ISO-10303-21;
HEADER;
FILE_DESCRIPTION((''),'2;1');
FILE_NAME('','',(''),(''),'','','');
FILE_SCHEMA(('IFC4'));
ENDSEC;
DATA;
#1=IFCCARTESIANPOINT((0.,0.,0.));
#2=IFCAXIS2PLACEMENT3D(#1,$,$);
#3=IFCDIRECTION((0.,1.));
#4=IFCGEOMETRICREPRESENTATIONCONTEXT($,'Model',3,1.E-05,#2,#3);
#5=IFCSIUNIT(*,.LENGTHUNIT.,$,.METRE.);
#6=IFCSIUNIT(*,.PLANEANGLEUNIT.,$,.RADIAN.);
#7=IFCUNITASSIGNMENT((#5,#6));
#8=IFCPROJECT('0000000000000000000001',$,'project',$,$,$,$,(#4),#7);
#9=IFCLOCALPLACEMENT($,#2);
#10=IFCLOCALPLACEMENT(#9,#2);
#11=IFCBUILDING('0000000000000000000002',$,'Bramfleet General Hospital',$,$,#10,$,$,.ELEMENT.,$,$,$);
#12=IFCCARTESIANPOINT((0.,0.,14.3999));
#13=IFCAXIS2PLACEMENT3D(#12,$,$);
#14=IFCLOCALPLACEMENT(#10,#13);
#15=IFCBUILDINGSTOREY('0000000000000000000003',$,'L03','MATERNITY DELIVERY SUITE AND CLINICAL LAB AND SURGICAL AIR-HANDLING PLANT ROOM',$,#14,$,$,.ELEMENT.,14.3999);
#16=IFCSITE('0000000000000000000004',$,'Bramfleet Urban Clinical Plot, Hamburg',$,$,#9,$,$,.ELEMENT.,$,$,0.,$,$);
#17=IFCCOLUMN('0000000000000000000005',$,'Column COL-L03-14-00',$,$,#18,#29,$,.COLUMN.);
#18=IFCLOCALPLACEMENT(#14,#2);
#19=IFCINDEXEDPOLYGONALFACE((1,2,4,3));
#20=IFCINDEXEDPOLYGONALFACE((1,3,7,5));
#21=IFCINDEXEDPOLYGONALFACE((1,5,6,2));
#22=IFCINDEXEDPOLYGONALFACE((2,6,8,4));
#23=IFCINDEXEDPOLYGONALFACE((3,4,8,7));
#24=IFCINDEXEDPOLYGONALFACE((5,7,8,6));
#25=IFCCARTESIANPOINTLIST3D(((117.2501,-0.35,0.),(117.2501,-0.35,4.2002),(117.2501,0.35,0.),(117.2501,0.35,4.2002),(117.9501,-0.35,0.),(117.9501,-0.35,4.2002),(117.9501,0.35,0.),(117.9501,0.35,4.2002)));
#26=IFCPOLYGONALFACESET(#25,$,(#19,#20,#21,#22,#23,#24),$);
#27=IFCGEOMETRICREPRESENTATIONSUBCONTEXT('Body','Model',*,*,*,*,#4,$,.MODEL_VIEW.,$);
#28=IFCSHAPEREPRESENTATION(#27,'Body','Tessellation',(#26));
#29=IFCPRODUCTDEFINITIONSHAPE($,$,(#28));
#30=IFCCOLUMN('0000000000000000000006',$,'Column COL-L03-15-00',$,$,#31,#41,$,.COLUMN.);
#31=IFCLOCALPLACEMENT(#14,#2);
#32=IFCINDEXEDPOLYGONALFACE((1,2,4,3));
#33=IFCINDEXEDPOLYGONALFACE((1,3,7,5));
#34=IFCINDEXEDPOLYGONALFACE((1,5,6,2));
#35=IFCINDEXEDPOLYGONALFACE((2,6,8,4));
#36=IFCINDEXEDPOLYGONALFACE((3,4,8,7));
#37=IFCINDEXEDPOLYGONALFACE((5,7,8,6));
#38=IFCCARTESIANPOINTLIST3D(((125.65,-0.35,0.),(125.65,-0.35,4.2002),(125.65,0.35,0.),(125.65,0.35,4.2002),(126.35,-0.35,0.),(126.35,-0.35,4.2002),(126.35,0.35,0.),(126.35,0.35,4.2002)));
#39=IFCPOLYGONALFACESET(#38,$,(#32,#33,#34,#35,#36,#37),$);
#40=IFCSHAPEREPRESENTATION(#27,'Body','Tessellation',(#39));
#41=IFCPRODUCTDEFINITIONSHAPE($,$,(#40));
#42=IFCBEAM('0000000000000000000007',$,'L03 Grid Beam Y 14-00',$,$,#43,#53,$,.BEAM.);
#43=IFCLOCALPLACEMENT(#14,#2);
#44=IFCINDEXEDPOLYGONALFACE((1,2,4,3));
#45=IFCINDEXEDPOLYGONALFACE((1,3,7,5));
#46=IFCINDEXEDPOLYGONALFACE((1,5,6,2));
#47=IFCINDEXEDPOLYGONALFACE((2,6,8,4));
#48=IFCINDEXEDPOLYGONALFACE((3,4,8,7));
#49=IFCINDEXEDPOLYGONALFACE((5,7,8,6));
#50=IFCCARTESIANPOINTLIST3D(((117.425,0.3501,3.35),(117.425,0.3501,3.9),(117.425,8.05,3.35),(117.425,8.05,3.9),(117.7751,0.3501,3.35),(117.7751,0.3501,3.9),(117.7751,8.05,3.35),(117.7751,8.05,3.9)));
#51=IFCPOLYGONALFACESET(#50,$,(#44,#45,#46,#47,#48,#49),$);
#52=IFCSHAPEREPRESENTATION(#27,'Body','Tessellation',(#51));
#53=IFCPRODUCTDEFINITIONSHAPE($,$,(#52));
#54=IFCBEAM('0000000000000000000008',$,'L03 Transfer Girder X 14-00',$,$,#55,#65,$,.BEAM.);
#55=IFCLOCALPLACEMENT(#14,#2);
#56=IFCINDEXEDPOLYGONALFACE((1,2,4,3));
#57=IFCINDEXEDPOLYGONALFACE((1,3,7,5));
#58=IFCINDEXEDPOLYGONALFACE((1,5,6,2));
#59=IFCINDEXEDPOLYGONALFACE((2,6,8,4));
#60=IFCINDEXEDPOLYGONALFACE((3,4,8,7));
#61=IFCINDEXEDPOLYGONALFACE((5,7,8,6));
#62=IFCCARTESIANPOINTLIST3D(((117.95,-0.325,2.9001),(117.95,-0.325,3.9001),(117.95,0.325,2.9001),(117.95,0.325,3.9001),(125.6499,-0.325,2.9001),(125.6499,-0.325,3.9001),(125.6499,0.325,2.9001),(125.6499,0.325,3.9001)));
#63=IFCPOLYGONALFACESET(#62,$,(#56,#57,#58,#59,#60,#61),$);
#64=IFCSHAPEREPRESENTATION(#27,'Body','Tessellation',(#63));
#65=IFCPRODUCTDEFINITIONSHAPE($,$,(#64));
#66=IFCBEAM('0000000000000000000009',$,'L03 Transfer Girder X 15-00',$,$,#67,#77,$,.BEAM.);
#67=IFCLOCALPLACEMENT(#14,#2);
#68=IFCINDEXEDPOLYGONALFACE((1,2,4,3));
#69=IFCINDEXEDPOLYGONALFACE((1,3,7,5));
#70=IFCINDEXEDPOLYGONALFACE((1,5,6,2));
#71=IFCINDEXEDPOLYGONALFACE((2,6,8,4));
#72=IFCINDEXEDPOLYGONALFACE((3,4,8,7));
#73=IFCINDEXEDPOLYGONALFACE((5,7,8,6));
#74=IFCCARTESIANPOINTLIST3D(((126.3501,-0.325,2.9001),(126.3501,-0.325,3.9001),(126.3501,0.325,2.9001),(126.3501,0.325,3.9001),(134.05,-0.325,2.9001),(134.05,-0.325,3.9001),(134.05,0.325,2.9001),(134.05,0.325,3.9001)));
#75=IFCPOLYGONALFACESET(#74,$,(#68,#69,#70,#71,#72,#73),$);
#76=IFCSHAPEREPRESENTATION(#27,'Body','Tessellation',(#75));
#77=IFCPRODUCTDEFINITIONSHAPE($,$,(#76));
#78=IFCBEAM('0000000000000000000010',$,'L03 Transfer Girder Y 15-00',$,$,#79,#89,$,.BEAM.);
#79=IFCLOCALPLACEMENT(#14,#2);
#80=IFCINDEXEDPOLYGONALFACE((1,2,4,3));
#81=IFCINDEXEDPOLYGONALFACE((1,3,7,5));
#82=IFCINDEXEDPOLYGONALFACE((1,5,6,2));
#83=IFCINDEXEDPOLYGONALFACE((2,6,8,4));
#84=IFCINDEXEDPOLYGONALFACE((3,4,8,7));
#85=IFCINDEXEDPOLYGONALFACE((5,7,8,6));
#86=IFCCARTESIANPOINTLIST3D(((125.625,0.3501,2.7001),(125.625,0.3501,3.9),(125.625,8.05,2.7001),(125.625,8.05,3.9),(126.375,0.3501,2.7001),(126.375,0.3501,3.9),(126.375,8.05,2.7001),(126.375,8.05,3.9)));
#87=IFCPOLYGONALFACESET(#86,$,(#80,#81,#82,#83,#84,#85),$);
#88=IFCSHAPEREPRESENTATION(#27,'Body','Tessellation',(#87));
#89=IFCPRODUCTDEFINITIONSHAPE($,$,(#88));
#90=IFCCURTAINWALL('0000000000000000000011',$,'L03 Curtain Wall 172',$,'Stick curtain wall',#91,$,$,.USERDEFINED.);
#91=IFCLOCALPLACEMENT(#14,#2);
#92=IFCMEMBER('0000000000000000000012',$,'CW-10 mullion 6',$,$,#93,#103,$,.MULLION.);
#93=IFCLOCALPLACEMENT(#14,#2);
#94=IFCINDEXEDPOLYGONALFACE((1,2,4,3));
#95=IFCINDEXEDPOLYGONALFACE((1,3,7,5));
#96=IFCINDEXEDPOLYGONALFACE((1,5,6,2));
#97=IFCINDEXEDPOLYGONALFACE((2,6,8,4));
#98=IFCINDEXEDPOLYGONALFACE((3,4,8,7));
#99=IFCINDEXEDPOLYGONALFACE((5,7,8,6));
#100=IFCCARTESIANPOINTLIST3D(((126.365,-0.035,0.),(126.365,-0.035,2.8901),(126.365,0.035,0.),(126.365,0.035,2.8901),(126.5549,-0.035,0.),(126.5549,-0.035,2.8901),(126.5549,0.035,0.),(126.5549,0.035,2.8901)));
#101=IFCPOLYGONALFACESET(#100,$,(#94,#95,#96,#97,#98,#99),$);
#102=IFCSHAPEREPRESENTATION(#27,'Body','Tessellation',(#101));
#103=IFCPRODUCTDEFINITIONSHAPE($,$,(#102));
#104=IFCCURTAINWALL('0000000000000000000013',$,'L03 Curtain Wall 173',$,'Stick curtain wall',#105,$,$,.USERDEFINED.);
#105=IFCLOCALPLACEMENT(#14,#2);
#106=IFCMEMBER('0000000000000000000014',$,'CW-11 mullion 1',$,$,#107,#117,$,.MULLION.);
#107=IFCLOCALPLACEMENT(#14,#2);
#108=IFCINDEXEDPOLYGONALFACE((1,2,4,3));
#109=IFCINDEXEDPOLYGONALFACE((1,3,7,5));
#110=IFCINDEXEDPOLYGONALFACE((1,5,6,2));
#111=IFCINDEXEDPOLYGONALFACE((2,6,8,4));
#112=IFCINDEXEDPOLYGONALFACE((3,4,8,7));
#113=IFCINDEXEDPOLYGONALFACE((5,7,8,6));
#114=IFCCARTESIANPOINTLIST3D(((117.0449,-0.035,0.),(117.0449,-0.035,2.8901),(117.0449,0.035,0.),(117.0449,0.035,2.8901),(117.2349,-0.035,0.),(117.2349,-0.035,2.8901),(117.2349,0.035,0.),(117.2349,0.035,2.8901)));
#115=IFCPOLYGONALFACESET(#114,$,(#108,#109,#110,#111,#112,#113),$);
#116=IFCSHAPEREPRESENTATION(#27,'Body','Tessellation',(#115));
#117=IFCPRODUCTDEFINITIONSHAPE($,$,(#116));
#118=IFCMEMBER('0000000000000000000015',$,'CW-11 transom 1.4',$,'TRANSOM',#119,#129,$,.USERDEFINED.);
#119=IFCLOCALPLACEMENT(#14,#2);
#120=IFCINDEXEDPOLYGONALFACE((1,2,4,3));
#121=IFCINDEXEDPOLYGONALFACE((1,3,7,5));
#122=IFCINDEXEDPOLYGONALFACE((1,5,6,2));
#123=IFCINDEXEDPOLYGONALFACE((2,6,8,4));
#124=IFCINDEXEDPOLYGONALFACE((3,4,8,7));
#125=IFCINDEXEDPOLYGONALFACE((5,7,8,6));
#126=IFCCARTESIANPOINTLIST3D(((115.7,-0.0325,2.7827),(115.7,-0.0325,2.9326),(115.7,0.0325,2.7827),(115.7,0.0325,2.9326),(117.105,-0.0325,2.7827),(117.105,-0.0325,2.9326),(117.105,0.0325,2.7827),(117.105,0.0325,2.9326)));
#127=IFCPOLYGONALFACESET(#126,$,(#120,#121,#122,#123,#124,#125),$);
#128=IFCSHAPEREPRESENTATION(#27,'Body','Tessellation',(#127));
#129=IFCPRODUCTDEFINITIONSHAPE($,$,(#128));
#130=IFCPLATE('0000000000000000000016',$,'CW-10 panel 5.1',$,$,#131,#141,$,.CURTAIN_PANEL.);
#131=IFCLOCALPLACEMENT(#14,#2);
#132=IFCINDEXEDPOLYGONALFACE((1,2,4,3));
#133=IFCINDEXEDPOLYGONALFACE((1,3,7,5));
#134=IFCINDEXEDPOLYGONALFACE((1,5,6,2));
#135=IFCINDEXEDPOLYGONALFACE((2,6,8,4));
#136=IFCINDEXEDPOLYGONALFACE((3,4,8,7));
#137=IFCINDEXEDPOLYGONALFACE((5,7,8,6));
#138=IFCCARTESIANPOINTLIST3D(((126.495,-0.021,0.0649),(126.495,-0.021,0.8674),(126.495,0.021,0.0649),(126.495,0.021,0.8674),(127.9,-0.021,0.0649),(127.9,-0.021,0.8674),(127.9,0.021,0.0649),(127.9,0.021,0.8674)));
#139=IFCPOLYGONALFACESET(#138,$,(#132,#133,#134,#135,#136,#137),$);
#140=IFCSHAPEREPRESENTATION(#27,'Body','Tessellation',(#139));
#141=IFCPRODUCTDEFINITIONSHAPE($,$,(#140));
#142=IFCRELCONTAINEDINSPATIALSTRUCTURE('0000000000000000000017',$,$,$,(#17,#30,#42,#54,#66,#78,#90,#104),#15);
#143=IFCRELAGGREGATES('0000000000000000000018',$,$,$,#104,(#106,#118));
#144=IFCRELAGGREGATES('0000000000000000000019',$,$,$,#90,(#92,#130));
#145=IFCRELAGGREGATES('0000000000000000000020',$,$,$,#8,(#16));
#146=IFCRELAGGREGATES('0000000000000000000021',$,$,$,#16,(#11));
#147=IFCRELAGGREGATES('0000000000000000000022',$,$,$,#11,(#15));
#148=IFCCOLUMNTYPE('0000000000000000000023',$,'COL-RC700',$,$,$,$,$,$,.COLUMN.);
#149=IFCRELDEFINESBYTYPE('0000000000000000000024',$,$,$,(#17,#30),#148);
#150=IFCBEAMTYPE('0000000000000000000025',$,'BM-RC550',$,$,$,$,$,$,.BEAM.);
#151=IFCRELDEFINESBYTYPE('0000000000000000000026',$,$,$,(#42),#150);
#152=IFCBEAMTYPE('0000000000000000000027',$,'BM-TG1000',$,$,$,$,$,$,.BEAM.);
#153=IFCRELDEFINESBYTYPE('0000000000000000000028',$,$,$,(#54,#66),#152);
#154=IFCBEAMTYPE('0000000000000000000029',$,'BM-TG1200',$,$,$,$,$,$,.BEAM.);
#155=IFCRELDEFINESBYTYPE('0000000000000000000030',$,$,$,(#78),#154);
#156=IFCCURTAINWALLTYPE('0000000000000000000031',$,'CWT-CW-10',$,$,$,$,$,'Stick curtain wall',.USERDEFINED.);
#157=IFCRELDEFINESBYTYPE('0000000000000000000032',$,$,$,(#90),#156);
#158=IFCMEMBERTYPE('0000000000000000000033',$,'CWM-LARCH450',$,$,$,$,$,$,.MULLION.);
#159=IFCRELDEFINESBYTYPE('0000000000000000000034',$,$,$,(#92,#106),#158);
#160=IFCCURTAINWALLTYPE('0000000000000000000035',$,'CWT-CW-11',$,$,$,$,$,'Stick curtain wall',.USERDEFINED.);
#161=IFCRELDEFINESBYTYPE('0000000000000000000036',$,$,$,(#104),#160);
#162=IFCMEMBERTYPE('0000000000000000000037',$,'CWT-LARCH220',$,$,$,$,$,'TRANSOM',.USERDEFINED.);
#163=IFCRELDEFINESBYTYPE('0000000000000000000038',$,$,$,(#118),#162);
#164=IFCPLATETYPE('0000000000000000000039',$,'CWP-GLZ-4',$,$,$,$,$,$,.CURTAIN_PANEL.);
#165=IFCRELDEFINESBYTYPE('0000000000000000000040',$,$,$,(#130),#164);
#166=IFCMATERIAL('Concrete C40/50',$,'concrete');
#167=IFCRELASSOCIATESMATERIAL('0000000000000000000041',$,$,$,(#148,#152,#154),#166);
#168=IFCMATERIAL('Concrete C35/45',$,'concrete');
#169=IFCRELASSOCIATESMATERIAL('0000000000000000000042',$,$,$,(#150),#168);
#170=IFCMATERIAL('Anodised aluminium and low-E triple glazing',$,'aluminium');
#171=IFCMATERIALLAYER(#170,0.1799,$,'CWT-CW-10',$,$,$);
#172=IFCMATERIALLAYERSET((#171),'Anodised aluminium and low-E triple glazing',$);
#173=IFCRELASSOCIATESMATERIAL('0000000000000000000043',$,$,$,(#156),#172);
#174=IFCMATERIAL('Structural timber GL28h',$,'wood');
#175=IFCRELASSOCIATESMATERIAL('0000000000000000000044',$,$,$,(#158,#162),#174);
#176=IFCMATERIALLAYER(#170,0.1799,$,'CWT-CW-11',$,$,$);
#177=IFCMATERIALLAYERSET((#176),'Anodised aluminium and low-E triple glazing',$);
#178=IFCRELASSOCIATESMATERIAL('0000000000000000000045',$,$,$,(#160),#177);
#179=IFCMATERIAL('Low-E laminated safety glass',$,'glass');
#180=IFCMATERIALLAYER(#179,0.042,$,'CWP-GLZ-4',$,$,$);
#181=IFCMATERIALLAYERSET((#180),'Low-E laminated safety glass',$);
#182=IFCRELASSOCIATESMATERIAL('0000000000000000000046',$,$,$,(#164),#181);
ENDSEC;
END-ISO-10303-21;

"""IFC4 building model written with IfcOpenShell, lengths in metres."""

from ifc_helpers import new_model, si_unit, direction, frame, origin, origin_2d, place, context, subcontext, project, spatial, rectangle, extrude, material, layer, layer_set, material_profile, profile_set, type_object, element, aggregate, save


model = new_model("IFC4")

# Units and contexts
model_context = context("Model", 3, precision=1e-05, world=origin(), true_north=direction((0.0, 1.0)))
body_context = subcontext(model_context, "Body", "Model", "MODEL_VIEW")
ifc_project = project(units=[si_unit("LENGTHUNIT", "METRE"), si_unit("PLANEANGLEUNIT", "RADIAN")], contexts=[model_context])

# Site, building, storey
site_placement = place(None, origin())
site = spatial("IfcSite", under=ifc_project, at=site_placement, Name="Bramfleet Urban Clinical Plot, Hamburg", CompositionType="ELEMENT", RefElevation=0.0)
building_placement = place(site_placement, origin())
building = spatial("IfcBuilding", under=site, at=building_placement, Name="Bramfleet General Hospital", CompositionType="ELEMENT")
storey_placement = place(building_placement, frame((0.0, 0.0, 14.3999)))
storey = spatial("IfcBuildingStorey", under=building, at=storey_placement, Name="L03", Description="MATERNITY DELIVERY SUITE AND CLINICAL LAB AND SURGICAL AIR-HANDLING PLANT ROOM", CompositionType="ELEMENT", Elevation=14.3999)

# Columns
ifc_material_1 = material(Name="Concrete C40/50", Category="concrete")
ifc_material_profile_1 = material_profile(ifc_material_1, rectangle(XDim=0.7, YDim=0.7, at=origin_2d()), Name="RC COL 700x700")
ifc_profile_set_1 = profile_set([ifc_material_profile_1], Name="Concrete C40/50")
column_type = type_object("IfcColumnType", Name="COL-RC700", PredefinedType="COLUMN", material=ifc_profile_set_1)
for number, where, z_axis, x_axis, name in (
    (1, (117.6001, 0.0, 0.0), (0.0, 0.0, 1.0), (1.0, 0.0, 0.0), "Column COL-L03-14-00"),
    (2, (126.0, 0.0, 0.0), (0.0, 0.0, 1.0), (1.0, 0.0, 0.0), "Column COL-L03-15-00"),
):
    element("IfcColumn", number, at=place(storey_placement, frame(where, z_axis=z_axis, x_axis=x_axis)), inside=storey, type_object=column_type, Name=name, PredefinedType="COLUMN", context=body_context, shape_type="SweptSolid", body=[
        extrude(rectangle(XDim=0.7, YDim=0.7, at=origin_2d()), origin(), (0.0, 0.0, 1.0), 4.2002),
    ])

# Beams
ifc_material_2 = material(Name="Concrete C35/45", Category="concrete")
ifc_material_profile_2 = material_profile(ifc_material_2, rectangle(XDim=0.3501, YDim=0.55, at=origin_2d()), Name="RC BM 550x350")
ifc_profile_set_2 = profile_set([ifc_material_profile_2], Name="Concrete C35/45")
beam_type_1 = type_object("IfcBeamType", Name="BM-RC550", PredefinedType="BEAM", material=ifc_profile_set_2)
beam_1_placement = place(storey_placement, frame((117.6001, 0.3501, 3.625), z_axis=(0.0, 1.0, 0.0), x_axis=(-1.0, 0.0, 0.0)))
element("IfcBeam", 3, at=beam_1_placement, inside=storey, type_object=beam_type_1, Name="L03 Grid Beam Y 14-00", PredefinedType="BEAM", context=body_context, shape_type="SweptSolid", body=[
    extrude(rectangle(XDim=0.3501, YDim=0.55, at=origin_2d()), origin(), (0.0, 0.0, 1.0), 7.7),
])
ifc_material_profile_3 = material_profile(ifc_material_1, rectangle(XDim=0.6499, YDim=1.0, at=origin_2d()), Name="RC TG 1000x650")
ifc_profile_set_3 = profile_set([ifc_material_profile_3], Name="Concrete C40/50")
beam_type_2 = type_object("IfcBeamType", Name="BM-TG1000", PredefinedType="BEAM", material=ifc_profile_set_3)
for number, where, z_axis, x_axis, name in (
    (4, (117.95, 0.0, 3.4001), (1.0, 0.0, 0.0), (0.0, 1.0, 0.0), "L03 Transfer Girder X 14-00"),
    (5, (126.3501, 0.0, 3.4001), (1.0, 0.0, 0.0), (0.0, 1.0, 0.0), "L03 Transfer Girder X 15-00"),
):
    element("IfcBeam", number, at=place(storey_placement, frame(where, z_axis=z_axis, x_axis=x_axis)), inside=storey, type_object=beam_type_2, Name=name, PredefinedType="BEAM", context=body_context, shape_type="SweptSolid", body=[
        extrude(rectangle(XDim=0.6499, YDim=1.0, at=origin_2d()), origin(), (0.0, 0.0, 1.0), 7.7),
    ])
ifc_material_profile_4 = material_profile(ifc_material_1, rectangle(XDim=0.75, YDim=1.2, at=origin_2d()), Name="RC TG 1200x750")
ifc_profile_set_4 = profile_set([ifc_material_profile_4], Name="Concrete C40/50")
beam_type_3 = type_object("IfcBeamType", Name="BM-TG1200", PredefinedType="BEAM", material=ifc_profile_set_4)
beam_2_placement = place(storey_placement, frame((126.0, 0.3501, 3.3), z_axis=(0.0, 1.0, 0.0), x_axis=(-1.0, 0.0, 0.0)))
element("IfcBeam", 6, at=beam_2_placement, inside=storey, type_object=beam_type_3, Name="L03 Transfer Girder Y 15-00", PredefinedType="BEAM", context=body_context, shape_type="SweptSolid", body=[
    extrude(rectangle(XDim=0.75, YDim=1.2, at=origin_2d()), origin(), (0.0, 0.0, 1.0), 7.7),
])

# Curtain wall, member
ifc_material_3 = material(Name="Anodised aluminium and low-E triple glazing", Category="aluminium")
ifc_layer_1 = layer(ifc_material_3, 0.1799, Name="CWT-CW-10")
ifc_layer_set_1 = layer_set([ifc_layer_1], Name="Anodised aluminium and low-E triple glazing")
curtain_wall_type_1 = type_object("IfcCurtainWallType", Name="CWT-CW-10", ElementType="Stick curtain wall", PredefinedType="USERDEFINED", material=ifc_layer_set_1)
curtain_wall_1_placement = place(storey_placement, origin())
curtain_wall_1 = element("IfcCurtainWall", 7, at=curtain_wall_1_placement, inside=storey, type_object=curtain_wall_type_1, Name="L03 Curtain Wall 172", ObjectType="Stick curtain wall", PredefinedType="USERDEFINED")
ifc_material_4 = material(Name="Structural timber GL28h", Category="wood")
ifc_material_profile_5 = material_profile(ifc_material_4, rectangle(XDim=0.0701, YDim=0.1899, at=origin_2d()), Name="LARCH 190x70")
ifc_profile_set_5 = profile_set([ifc_material_profile_5], Name="Structural timber GL28h")
member_type_1 = type_object("IfcMemberType", Name="CWM-LARCH450", PredefinedType="MULLION", material=ifc_profile_set_5)
member_1_placement = place(storey_placement, frame((126.46, 0.0, 0.0), z_axis=(0.0, 0.0, 1.0), x_axis=(0.0, -1.0, 0.0)))
member_1 = element("IfcMember", 8, at=member_1_placement, type_object=member_type_1, Name="CW-10 mullion 6", PredefinedType="MULLION", context=body_context, shape_type="SweptSolid", body=[
    extrude(rectangle(XDim=0.0701, YDim=0.1899, at=origin_2d()), origin(), (0.0, 0.0, 1.0), 2.8901),
])

# Curtain wall, members
ifc_layer_2 = layer(ifc_material_3, 0.1799, Name="CWT-CW-11")
ifc_layer_set_2 = layer_set([ifc_layer_2], Name="Anodised aluminium and low-E triple glazing")
curtain_wall_type_2 = type_object("IfcCurtainWallType", Name="CWT-CW-11", ElementType="Stick curtain wall", PredefinedType="USERDEFINED", material=ifc_layer_set_2)
curtain_wall_2_placement = place(storey_placement, origin())
curtain_wall_2 = element("IfcCurtainWall", 9, at=curtain_wall_2_placement, inside=storey, type_object=curtain_wall_type_2, Name="L03 Curtain Wall 173", ObjectType="Stick curtain wall", PredefinedType="USERDEFINED")
member_2_placement = place(storey_placement, frame((117.1399, 0.0, 0.0), z_axis=(0.0, 0.0, 1.0), x_axis=(0.0, -1.0, 0.0)))
member_2 = element("IfcMember", 10, at=member_2_placement, type_object=member_type_1, Name="CW-11 mullion 1", PredefinedType="MULLION", context=body_context, shape_type="SweptSolid", body=[
    extrude(rectangle(XDim=0.0701, YDim=0.1899, at=origin_2d()), origin(), (0.0, 0.0, 1.0), 2.8901),
])
ifc_material_profile_6 = material_profile(ifc_material_4, rectangle(XDim=0.0649, YDim=0.1499, at=origin_2d()), Name="LARCH 150x65")
ifc_profile_set_6 = profile_set([ifc_material_profile_6], Name="Structural timber GL28h")
member_type_2 = type_object("IfcMemberType", Name="CWT-LARCH220", ElementType="TRANSOM", PredefinedType="USERDEFINED", material=ifc_profile_set_6)
member_3_placement = place(storey_placement, frame((117.105, 0.0, 2.8577), z_axis=(-1.0, 0.0, 0.0), x_axis=(0.0, -1.0, 0.0)))
member_3 = element("IfcMember", 11, at=member_3_placement, type_object=member_type_2, Name="CW-11 transom 1.4", ObjectType="TRANSOM", PredefinedType="USERDEFINED", context=body_context, shape_type="SweptSolid", body=[
    extrude(rectangle(XDim=0.0649, YDim=0.1499, at=origin_2d()), origin(), (0.0, 0.0, 1.0), 1.405),
])
aggregate(curtain_wall_2, [member_2, member_3])

# Plate
ifc_material_5 = material(Name="Low-E laminated safety glass", Category="glass")
ifc_layer_3 = layer(ifc_material_5, 0.042, Name="CWP-GLZ-4")
ifc_layer_set_3 = layer_set([ifc_layer_3], Name="Low-E laminated safety glass")
plate_type = type_object("IfcPlateType", Name="CWP-GLZ-4", PredefinedType="CURTAIN_PANEL", material=ifc_layer_set_3)
plate_placement = place(storey_placement, frame((127.1975, 0.0, 0.0649), z_axis=(0.0, 0.0, 1.0), x_axis=(-1.0, 0.0, 0.0)))
plate = element("IfcPlate", 12, at=plate_placement, type_object=plate_type, Name="CW-10 panel 5.1", PredefinedType="CURTAIN_PANEL", context=body_context, shape_type="SweptSolid", body=[
    extrude(rectangle(XDim=1.405, YDim=0.042, at=origin_2d()), origin(), (0.0, 0.0, 1.0), 0.8025),
])
aggregate(curtain_wall_1, [member_1, plate])

save(model, "model.ifc")
